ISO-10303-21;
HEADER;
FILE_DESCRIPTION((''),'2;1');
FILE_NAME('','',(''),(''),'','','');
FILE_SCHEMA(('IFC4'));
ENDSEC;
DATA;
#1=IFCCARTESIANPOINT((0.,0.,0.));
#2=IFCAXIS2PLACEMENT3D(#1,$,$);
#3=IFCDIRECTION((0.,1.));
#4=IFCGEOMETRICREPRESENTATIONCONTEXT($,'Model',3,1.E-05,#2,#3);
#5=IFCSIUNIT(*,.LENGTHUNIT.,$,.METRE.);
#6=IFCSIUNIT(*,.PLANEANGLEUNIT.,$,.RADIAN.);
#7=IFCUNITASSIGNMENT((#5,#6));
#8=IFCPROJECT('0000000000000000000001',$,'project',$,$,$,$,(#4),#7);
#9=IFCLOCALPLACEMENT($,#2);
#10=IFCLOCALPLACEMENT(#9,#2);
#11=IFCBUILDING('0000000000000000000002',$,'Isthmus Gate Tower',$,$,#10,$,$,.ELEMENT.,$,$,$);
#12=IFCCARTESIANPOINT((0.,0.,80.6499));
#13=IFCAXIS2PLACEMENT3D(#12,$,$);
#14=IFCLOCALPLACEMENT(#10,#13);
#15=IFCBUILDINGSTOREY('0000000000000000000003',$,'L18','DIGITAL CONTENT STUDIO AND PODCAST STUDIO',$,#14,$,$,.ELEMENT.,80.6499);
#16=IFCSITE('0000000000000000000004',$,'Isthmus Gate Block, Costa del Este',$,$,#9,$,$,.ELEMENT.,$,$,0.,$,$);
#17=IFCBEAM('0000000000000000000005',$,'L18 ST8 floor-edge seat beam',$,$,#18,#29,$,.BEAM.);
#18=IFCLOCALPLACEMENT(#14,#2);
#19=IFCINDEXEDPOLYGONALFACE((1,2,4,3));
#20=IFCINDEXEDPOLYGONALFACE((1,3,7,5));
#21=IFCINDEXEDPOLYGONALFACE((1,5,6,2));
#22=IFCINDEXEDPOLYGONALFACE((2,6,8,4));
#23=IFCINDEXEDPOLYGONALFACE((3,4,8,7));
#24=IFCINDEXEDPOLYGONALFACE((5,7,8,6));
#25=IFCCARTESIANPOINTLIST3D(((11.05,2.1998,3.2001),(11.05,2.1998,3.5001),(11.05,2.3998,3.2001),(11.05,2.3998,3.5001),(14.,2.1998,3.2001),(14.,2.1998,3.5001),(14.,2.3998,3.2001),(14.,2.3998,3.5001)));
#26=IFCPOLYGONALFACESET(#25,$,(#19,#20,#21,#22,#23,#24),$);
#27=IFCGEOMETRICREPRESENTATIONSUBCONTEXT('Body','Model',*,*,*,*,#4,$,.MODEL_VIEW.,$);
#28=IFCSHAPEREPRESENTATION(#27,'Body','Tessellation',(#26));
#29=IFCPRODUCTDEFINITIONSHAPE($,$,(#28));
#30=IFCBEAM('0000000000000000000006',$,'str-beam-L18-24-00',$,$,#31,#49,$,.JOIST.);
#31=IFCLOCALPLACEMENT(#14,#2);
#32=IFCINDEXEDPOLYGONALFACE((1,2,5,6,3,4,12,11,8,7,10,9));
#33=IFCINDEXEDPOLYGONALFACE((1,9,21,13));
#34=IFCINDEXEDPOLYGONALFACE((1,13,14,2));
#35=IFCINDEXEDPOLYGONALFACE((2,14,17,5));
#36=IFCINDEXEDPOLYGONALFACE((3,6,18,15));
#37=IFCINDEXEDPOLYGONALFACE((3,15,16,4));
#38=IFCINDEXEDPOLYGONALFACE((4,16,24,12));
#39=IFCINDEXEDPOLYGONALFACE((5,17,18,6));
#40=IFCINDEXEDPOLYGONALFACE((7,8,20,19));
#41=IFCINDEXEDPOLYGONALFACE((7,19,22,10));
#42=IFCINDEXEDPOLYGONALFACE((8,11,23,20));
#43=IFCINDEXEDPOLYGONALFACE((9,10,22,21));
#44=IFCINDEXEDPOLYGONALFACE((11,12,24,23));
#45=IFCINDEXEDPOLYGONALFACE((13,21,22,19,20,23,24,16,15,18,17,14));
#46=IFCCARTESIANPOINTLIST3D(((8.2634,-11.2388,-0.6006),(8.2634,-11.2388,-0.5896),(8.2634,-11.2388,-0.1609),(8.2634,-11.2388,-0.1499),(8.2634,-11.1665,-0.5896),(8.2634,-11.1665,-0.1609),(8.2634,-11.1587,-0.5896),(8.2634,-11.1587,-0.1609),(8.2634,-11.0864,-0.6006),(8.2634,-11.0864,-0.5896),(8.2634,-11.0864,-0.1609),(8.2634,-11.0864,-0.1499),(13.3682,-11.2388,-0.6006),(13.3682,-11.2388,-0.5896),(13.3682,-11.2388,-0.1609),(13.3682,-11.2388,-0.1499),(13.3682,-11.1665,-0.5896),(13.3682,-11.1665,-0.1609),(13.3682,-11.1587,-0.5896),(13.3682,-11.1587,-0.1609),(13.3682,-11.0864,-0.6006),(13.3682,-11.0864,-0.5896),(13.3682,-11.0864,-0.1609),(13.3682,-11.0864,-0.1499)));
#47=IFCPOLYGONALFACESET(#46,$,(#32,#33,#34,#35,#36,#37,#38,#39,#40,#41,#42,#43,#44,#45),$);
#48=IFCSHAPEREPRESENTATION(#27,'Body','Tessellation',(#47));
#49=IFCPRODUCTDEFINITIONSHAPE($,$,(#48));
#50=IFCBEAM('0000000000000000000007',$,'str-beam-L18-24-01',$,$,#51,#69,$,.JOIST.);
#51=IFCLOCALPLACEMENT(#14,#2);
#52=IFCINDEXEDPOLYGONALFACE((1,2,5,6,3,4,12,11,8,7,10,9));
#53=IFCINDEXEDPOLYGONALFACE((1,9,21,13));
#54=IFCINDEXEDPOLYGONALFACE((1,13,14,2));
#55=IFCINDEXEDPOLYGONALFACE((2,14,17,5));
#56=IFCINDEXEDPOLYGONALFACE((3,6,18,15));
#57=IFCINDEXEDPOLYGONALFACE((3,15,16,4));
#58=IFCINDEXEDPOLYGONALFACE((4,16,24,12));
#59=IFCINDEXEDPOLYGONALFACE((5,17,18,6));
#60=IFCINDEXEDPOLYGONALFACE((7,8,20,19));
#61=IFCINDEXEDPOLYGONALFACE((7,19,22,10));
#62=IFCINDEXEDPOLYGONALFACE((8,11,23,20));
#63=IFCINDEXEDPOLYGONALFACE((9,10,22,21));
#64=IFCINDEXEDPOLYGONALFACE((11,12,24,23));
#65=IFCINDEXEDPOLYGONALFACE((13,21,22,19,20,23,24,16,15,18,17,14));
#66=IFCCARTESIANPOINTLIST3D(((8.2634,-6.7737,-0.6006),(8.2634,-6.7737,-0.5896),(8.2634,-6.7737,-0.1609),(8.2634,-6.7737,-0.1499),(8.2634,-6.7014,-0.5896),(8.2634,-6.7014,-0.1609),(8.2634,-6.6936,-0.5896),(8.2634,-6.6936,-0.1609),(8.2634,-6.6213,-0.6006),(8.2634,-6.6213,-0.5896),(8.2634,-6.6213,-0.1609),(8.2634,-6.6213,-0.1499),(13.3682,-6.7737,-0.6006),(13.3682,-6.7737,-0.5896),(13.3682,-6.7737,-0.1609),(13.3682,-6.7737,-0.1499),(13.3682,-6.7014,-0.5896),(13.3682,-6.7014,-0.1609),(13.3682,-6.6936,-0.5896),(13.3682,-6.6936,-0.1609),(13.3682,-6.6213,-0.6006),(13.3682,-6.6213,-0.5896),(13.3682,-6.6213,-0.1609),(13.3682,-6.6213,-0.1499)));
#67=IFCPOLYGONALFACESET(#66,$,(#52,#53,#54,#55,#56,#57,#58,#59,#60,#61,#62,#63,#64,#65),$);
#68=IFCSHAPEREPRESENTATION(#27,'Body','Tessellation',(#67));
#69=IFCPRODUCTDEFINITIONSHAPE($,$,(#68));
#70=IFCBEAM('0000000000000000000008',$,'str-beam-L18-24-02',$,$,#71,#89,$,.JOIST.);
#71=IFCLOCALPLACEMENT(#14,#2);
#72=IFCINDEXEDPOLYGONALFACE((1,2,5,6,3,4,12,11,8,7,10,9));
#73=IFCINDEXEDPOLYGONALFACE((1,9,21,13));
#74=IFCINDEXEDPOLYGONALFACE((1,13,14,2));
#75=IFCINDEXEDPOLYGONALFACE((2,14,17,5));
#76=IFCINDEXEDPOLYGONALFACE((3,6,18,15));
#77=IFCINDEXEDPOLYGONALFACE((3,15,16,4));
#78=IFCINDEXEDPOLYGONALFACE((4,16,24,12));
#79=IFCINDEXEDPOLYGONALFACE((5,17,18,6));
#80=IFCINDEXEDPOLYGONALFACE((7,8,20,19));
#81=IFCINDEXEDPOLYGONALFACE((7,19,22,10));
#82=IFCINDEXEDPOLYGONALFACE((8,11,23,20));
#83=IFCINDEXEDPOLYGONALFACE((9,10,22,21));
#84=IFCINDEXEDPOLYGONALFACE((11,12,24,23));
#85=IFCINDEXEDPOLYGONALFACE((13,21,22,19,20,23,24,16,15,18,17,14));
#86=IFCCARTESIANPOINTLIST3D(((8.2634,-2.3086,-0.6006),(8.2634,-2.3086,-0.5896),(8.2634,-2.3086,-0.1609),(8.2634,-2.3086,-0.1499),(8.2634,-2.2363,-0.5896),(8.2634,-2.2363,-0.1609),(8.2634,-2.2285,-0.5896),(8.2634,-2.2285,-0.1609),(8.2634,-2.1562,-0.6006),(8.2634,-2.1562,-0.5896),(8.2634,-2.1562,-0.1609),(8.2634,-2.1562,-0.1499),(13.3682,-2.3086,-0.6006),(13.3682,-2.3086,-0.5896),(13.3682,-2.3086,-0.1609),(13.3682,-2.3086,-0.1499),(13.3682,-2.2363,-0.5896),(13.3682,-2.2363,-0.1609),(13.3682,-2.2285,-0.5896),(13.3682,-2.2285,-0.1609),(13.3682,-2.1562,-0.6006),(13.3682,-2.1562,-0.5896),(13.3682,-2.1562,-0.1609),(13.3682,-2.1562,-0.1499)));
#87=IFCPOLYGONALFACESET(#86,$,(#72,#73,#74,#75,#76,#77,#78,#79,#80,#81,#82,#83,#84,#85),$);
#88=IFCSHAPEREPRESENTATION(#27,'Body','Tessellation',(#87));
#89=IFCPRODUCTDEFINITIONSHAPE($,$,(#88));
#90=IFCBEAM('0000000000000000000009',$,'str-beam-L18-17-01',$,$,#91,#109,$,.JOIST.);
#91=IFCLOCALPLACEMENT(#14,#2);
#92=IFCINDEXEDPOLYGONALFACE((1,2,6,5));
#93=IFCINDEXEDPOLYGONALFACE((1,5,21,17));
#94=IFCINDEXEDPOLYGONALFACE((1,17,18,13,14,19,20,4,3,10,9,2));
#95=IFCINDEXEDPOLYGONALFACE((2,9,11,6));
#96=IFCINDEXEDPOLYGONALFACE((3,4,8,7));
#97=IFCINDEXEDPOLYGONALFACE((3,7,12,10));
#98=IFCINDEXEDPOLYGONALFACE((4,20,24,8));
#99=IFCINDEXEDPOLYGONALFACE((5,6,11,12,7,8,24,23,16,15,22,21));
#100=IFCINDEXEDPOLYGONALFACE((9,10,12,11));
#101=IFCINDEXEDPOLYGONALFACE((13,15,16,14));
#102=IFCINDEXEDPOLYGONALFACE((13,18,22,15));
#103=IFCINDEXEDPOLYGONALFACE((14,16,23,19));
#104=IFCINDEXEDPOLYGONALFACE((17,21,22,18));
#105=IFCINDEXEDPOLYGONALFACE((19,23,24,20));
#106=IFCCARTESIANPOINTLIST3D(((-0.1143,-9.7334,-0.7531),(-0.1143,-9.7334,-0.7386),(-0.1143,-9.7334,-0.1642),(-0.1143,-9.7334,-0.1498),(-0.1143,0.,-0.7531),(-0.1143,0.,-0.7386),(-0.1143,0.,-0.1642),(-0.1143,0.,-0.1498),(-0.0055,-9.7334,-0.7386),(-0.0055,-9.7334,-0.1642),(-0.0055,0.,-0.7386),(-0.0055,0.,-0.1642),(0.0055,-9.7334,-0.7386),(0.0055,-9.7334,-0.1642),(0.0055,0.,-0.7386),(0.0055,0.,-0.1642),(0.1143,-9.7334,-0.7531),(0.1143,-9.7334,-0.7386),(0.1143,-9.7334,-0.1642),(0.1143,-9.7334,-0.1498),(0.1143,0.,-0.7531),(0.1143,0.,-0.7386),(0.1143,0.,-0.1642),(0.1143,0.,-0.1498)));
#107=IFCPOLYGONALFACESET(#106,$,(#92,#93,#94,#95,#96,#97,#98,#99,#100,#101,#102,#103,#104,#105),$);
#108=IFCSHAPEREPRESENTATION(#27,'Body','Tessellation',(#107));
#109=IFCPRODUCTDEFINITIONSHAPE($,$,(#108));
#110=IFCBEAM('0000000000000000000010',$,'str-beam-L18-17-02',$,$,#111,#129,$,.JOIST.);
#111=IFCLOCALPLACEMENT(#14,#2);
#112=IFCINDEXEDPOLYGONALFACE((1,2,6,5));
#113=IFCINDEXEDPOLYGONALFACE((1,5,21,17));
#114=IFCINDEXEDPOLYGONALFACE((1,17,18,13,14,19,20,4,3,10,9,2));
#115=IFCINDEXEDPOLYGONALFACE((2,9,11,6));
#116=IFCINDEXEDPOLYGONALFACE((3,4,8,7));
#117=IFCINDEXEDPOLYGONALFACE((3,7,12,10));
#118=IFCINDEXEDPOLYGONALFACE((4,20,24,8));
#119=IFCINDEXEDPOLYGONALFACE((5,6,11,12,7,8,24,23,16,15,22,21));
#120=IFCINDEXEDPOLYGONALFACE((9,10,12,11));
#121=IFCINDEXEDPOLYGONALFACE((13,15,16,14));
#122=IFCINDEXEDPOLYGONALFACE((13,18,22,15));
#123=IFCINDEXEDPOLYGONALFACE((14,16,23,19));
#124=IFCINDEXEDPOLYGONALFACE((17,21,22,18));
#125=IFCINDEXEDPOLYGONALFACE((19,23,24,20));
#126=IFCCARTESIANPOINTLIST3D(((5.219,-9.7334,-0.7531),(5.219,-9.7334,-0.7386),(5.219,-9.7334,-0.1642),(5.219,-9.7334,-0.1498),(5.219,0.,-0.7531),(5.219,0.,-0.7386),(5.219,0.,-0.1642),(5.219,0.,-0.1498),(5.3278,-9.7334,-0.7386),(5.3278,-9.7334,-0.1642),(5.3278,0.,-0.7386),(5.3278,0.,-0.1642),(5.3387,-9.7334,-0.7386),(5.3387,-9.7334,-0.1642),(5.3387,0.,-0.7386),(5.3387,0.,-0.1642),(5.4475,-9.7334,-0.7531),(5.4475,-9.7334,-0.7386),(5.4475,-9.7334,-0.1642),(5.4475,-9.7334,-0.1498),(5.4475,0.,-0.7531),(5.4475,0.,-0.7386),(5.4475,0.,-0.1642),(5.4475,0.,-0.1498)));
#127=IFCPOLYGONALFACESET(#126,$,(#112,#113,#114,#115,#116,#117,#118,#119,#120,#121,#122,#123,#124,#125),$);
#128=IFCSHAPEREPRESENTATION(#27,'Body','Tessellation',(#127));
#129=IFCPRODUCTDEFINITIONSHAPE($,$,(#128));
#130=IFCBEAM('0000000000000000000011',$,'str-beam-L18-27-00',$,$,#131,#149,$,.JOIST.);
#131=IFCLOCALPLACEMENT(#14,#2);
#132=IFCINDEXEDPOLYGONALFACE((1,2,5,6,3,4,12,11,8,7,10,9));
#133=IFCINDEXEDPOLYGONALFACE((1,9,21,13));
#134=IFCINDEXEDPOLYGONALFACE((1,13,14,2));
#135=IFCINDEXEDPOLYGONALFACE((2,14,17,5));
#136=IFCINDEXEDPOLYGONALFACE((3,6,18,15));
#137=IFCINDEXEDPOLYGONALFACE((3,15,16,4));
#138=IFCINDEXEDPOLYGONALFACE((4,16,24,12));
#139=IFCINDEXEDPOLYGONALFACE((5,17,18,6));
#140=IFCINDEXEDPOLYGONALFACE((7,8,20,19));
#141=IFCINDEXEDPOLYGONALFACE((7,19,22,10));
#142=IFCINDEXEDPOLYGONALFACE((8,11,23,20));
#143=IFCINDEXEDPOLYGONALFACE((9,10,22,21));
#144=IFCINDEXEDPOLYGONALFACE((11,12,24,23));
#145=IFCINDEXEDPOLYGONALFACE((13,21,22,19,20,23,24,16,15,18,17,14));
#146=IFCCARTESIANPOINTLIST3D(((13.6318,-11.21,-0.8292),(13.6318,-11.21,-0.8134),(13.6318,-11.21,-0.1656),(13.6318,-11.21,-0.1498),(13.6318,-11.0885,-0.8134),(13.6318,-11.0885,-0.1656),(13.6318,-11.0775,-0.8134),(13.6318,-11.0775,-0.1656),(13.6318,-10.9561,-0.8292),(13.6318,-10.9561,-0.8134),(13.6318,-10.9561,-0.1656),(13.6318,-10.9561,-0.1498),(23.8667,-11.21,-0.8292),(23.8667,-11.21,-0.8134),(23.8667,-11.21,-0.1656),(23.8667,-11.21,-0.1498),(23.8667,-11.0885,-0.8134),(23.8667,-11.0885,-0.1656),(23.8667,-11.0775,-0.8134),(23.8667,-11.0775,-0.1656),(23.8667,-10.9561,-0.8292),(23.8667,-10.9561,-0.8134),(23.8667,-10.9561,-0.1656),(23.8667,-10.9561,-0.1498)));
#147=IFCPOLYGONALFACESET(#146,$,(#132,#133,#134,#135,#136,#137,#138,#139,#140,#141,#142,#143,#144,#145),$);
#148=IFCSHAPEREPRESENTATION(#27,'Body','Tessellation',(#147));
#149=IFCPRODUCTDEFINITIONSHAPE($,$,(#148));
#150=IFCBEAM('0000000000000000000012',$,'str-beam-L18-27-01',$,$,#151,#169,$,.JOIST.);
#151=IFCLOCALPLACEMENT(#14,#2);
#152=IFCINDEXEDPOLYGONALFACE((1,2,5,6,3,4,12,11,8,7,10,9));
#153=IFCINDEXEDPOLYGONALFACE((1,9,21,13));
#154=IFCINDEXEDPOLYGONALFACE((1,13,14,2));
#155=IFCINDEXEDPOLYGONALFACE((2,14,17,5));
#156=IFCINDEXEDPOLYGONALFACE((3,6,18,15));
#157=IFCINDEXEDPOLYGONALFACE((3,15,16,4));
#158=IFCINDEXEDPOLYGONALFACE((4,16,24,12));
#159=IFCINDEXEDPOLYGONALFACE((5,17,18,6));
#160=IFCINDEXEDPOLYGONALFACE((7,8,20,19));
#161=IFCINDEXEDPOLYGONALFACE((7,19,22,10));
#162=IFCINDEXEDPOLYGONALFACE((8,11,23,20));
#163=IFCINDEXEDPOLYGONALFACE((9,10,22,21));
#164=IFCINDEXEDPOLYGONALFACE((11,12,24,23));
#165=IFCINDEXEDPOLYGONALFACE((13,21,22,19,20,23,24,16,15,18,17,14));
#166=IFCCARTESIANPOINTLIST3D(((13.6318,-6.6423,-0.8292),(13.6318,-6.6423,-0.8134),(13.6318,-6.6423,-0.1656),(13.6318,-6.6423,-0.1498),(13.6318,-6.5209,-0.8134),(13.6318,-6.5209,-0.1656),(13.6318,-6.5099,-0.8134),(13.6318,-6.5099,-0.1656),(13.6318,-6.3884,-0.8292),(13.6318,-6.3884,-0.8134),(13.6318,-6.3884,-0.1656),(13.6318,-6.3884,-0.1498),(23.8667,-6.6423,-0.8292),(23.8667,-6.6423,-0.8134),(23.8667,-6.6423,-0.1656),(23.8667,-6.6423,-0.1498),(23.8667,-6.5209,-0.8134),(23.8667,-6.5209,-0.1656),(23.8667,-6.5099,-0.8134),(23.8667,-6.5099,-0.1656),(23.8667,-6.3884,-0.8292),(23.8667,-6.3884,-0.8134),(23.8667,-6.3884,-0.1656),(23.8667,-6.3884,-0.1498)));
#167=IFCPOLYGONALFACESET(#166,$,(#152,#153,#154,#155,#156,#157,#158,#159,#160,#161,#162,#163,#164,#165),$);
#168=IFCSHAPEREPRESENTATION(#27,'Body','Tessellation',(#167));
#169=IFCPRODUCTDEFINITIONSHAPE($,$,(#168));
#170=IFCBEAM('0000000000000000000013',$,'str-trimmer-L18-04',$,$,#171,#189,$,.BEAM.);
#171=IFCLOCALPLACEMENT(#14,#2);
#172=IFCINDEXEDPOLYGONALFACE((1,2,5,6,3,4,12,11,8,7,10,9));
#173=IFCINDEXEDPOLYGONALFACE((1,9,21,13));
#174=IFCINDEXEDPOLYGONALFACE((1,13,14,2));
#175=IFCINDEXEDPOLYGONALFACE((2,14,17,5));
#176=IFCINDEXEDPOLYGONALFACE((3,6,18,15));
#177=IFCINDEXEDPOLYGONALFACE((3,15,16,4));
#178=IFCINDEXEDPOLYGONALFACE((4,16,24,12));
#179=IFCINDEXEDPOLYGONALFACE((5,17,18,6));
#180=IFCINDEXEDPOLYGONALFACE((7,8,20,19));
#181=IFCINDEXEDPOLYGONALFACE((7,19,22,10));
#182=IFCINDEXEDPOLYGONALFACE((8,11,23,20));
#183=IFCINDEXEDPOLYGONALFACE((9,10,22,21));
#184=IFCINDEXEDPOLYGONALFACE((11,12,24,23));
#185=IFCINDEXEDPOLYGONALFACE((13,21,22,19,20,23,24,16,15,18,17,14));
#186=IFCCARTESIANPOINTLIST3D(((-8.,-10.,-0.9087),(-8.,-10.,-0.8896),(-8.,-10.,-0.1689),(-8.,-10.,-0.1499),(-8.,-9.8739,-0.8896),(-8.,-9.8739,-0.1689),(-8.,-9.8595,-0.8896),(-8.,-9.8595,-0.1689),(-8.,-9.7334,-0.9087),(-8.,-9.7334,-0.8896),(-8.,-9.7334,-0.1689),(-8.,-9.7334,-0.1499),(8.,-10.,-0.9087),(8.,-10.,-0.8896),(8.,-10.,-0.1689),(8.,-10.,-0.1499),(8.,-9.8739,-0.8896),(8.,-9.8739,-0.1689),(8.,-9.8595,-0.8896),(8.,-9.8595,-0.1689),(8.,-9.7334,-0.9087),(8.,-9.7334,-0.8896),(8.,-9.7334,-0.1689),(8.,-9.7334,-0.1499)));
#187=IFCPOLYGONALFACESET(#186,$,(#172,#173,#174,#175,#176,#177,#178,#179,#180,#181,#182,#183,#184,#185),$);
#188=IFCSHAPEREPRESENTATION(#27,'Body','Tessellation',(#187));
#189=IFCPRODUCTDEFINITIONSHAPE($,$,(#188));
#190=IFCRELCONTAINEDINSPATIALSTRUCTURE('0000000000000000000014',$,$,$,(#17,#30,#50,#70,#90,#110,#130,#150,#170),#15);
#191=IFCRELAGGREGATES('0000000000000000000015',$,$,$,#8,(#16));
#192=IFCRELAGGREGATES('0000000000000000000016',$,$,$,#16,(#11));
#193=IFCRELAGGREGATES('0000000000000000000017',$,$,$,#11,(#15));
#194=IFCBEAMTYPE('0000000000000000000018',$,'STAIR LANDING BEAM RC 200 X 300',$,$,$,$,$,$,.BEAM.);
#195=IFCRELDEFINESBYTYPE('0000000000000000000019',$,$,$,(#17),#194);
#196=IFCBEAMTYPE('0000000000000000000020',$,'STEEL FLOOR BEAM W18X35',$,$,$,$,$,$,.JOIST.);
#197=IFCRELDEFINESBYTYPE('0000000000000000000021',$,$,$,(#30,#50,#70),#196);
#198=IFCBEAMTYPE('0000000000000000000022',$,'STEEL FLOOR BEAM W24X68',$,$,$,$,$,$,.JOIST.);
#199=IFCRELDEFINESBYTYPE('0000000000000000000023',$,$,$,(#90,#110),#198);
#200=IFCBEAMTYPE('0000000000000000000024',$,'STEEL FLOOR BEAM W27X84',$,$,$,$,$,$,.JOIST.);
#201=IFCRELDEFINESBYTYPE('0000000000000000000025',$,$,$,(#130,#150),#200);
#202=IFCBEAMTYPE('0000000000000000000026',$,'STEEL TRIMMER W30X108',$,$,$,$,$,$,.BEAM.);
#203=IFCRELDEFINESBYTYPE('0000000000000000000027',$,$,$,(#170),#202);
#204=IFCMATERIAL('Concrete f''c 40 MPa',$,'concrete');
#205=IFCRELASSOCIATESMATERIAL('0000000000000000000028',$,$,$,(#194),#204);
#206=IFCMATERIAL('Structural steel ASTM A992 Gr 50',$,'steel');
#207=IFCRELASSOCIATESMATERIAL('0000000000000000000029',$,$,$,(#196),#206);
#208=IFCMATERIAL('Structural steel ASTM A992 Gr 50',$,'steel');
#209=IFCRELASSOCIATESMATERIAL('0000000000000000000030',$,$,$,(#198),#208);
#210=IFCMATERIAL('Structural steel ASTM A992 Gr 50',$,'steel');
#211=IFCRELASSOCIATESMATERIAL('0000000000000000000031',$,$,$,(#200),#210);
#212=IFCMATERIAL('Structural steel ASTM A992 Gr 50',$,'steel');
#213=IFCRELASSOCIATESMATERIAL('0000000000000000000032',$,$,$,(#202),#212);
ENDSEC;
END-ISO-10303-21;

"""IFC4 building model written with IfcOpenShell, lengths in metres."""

from ifc_helpers import new_model, si_unit, direction, frame, origin, origin_2d, place, context, subcontext, project, spatial, rectangle, i_section, extrude, material, material_profile, profile_set, type_object, element, save


model = new_model("IFC4")

# Units and contexts
model_context = context("Model", 3, precision=1e-05, world=origin(), true_north=direction((0.0, 1.0)))
body_context = subcontext(model_context, "Body", "Model", "MODEL_VIEW")
ifc_project = project(units=[si_unit("LENGTHUNIT", "METRE"), si_unit("PLANEANGLEUNIT", "RADIAN")], contexts=[model_context])

# Site, building, storey
site_placement = place(None, origin())
site = spatial("IfcSite", under=ifc_project, at=site_placement, Name="Isthmus Gate Block, Costa del Este", CompositionType="ELEMENT", RefElevation=0.0)
building_placement = place(site_placement, origin())
building = spatial("IfcBuilding", under=site, at=building_placement, Name="Isthmus Gate Tower", CompositionType="ELEMENT")
storey_placement = place(building_placement, frame((0.0, 0.0, 80.6499)))
storey = spatial("IfcBuildingStorey", under=building, at=storey_placement, Name="L18", Description="DIGITAL CONTENT STUDIO AND PODCAST STUDIO", CompositionType="ELEMENT", Elevation=80.6499)

# Beams
ifc_material_1 = material(Name="Concrete f'c 40 MPa", Category="concrete")
ifc_material_profile_1 = material_profile(ifc_material_1, rectangle(XDim=0.2, YDim=0.3, at=origin_2d()), Name="STAIR LANDING BEAM RC 200 X 300")
ifc_profile_set_1 = profile_set([ifc_material_profile_1], Name="Concrete f'c 40 MPa")
beam_type_1 = type_object("IfcBeamType", Name="STAIR LANDING BEAM RC 200 X 300", PredefinedType="BEAM", material=ifc_profile_set_1)
beam_1_placement = place(storey_placement, frame((11.05, 2.2998, 3.3501), z_axis=(1.0, 0.0, 0.0), x_axis=(0.0, 1.0, 0.0)))
element("IfcBeam", 1, at=beam_1_placement, inside=storey, type_object=beam_type_1, Name="L18 ST8 floor-edge seat beam", PredefinedType="BEAM", context=body_context, shape_type="SweptSolid", body=[
    extrude(rectangle(XDim=0.2, YDim=0.3, at=origin_2d()), origin(), (0.0, 0.0, 1.0), 2.95),
])
ifc_material_2 = material(Name="Structural steel ASTM A992 Gr 50", Category="steel")
ifc_material_profile_2 = material_profile(ifc_material_2, i_section(OverallWidth=0.1523, OverallDepth=0.4507, WebThickness=0.0078, FlangeThickness=0.011, at=origin_2d()), Name="W18X35")
ifc_profile_set_2 = profile_set([ifc_material_profile_2], Name="Structural steel ASTM A992 Gr 50")
beam_type_2 = type_object("IfcBeamType", Name="STEEL FLOOR BEAM W18X35", PredefinedType="JOIST", material=ifc_profile_set_2)
for number, where, z_axis, x_axis, name in (
    (2, (8.2634, -11.1626, -0.3752), (1.0, 0.0, 0.0), (0.0, 1.0, 0.0), "str-beam-L18-24-00"),
    (3, (8.2634, -6.6975, -0.3752), (1.0, 0.0, 0.0), (0.0, 1.0, 0.0), "str-beam-L18-24-01"),
    (4, (8.2634, -2.2324, -0.3752), (1.0, 0.0, 0.0), (0.0, 1.0, 0.0), "str-beam-L18-24-02"),
):
    element("IfcBeam", number, at=place(storey_placement, frame(where, z_axis=z_axis, x_axis=x_axis)), inside=storey, type_object=beam_type_2, Name=name, PredefinedType="JOIST", context=body_context, shape_type="SweptSolid", body=[
        extrude(i_section(OverallWidth=0.1523, OverallDepth=0.4507, WebThickness=0.0078, FlangeThickness=0.011, at=origin_2d()), origin(), (0.0, 0.0, 1.0), 5.1047),
    ])
ifc_material_3 = material(Name="Structural steel ASTM A992 Gr 50", Category="steel")
ifc_material_profile_3 = material_profile(ifc_material_3, i_section(OverallWidth=0.2285, OverallDepth=0.6033, WebThickness=0.011, FlangeThickness=0.0144, at=origin_2d()), Name="W24X68")
ifc_profile_set_3 = profile_set([ifc_material_profile_3], Name="Structural steel ASTM A992 Gr 50")
beam_type_3 = type_object("IfcBeamType", Name="STEEL FLOOR BEAM W24X68", PredefinedType="JOIST", material=ifc_profile_set_3)
for number, where, z_axis, x_axis, name in (
    (5, (0.0, -9.7334, -0.4514), (0.0, 1.0, 0.0), (-1.0, 0.0, 0.0), "str-beam-L18-17-01"),
    (6, (5.3333, -9.7334, -0.4514), (0.0, 1.0, 0.0), (-1.0, 0.0, 0.0), "str-beam-L18-17-02"),
):
    element("IfcBeam", number, at=place(storey_placement, frame(where, z_axis=z_axis, x_axis=x_axis)), inside=storey, type_object=beam_type_3, Name=name, PredefinedType="JOIST", context=body_context, shape_type="SweptSolid", body=[
        extrude(i_section(OverallWidth=0.2285, OverallDepth=0.6033, WebThickness=0.011, FlangeThickness=0.0144, at=origin_2d()), origin(), (0.0, 0.0, 1.0), 9.7334),
    ])
ifc_material_4 = material(Name="Structural steel ASTM A992 Gr 50", Category="steel")
ifc_material_profile_4 = material_profile(ifc_material_4, i_section(OverallWidth=0.2539, OverallDepth=0.6794, WebThickness=0.011, FlangeThickness=0.0159, at=origin_2d()), Name="W27X84")
ifc_profile_set_4 = profile_set([ifc_material_profile_4], Name="Structural steel ASTM A992 Gr 50")
beam_type_4 = type_object("IfcBeamType", Name="STEEL FLOOR BEAM W27X84", PredefinedType="JOIST", material=ifc_profile_set_4)
for number, where, z_axis, x_axis, name in (
    (7, (13.6318, -11.083, -0.4895), (1.0, 0.0, 0.0), (0.0, 1.0, 0.0), "str-beam-L18-27-00"),
    (8, (13.6318, -6.5154, -0.4895), (1.0, 0.0, 0.0), (0.0, 1.0, 0.0), "str-beam-L18-27-01"),
):
    element("IfcBeam", number, at=place(storey_placement, frame(where, z_axis=z_axis, x_axis=x_axis)), inside=storey, type_object=beam_type_4, Name=name, PredefinedType="JOIST", context=body_context, shape_type="SweptSolid", body=[
        extrude(i_section(OverallWidth=0.2539, OverallDepth=0.6794, WebThickness=0.011, FlangeThickness=0.0159, at=origin_2d()), origin(), (0.0, 0.0, 1.0), 10.2349),
    ])
ifc_material_5 = material(Name="Structural steel ASTM A992 Gr 50", Category="steel")
ifc_material_profile_5 = material_profile(ifc_material_5, i_section(OverallWidth=0.2666, OverallDepth=0.7588, WebThickness=0.0144, FlangeThickness=0.019, at=origin_2d()), Name="W30X108")
ifc_profile_set_5 = profile_set([ifc_material_profile_5], Name="Structural steel ASTM A992 Gr 50")
beam_type_5 = type_object("IfcBeamType", Name="STEEL TRIMMER W30X108", PredefinedType="BEAM", material=ifc_profile_set_5)
beam_2_placement = place(storey_placement, frame((8.0, -9.8667, -0.5293), z_axis=(-1.0, 0.0, 0.0), x_axis=(0.0, -1.0, 0.0)))
element("IfcBeam", 9, at=beam_2_placement, inside=storey, type_object=beam_type_5, Name="str-trimmer-L18-04", PredefinedType="BEAM", context=body_context, shape_type="SweptSolid", body=[
    extrude(i_section(OverallWidth=0.2666, OverallDepth=0.7588, WebThickness=0.0144, FlangeThickness=0.019, at=origin_2d()), origin(), (0.0, 0.0, 1.0), 16.0),
])

save(model, "model.ifc")
